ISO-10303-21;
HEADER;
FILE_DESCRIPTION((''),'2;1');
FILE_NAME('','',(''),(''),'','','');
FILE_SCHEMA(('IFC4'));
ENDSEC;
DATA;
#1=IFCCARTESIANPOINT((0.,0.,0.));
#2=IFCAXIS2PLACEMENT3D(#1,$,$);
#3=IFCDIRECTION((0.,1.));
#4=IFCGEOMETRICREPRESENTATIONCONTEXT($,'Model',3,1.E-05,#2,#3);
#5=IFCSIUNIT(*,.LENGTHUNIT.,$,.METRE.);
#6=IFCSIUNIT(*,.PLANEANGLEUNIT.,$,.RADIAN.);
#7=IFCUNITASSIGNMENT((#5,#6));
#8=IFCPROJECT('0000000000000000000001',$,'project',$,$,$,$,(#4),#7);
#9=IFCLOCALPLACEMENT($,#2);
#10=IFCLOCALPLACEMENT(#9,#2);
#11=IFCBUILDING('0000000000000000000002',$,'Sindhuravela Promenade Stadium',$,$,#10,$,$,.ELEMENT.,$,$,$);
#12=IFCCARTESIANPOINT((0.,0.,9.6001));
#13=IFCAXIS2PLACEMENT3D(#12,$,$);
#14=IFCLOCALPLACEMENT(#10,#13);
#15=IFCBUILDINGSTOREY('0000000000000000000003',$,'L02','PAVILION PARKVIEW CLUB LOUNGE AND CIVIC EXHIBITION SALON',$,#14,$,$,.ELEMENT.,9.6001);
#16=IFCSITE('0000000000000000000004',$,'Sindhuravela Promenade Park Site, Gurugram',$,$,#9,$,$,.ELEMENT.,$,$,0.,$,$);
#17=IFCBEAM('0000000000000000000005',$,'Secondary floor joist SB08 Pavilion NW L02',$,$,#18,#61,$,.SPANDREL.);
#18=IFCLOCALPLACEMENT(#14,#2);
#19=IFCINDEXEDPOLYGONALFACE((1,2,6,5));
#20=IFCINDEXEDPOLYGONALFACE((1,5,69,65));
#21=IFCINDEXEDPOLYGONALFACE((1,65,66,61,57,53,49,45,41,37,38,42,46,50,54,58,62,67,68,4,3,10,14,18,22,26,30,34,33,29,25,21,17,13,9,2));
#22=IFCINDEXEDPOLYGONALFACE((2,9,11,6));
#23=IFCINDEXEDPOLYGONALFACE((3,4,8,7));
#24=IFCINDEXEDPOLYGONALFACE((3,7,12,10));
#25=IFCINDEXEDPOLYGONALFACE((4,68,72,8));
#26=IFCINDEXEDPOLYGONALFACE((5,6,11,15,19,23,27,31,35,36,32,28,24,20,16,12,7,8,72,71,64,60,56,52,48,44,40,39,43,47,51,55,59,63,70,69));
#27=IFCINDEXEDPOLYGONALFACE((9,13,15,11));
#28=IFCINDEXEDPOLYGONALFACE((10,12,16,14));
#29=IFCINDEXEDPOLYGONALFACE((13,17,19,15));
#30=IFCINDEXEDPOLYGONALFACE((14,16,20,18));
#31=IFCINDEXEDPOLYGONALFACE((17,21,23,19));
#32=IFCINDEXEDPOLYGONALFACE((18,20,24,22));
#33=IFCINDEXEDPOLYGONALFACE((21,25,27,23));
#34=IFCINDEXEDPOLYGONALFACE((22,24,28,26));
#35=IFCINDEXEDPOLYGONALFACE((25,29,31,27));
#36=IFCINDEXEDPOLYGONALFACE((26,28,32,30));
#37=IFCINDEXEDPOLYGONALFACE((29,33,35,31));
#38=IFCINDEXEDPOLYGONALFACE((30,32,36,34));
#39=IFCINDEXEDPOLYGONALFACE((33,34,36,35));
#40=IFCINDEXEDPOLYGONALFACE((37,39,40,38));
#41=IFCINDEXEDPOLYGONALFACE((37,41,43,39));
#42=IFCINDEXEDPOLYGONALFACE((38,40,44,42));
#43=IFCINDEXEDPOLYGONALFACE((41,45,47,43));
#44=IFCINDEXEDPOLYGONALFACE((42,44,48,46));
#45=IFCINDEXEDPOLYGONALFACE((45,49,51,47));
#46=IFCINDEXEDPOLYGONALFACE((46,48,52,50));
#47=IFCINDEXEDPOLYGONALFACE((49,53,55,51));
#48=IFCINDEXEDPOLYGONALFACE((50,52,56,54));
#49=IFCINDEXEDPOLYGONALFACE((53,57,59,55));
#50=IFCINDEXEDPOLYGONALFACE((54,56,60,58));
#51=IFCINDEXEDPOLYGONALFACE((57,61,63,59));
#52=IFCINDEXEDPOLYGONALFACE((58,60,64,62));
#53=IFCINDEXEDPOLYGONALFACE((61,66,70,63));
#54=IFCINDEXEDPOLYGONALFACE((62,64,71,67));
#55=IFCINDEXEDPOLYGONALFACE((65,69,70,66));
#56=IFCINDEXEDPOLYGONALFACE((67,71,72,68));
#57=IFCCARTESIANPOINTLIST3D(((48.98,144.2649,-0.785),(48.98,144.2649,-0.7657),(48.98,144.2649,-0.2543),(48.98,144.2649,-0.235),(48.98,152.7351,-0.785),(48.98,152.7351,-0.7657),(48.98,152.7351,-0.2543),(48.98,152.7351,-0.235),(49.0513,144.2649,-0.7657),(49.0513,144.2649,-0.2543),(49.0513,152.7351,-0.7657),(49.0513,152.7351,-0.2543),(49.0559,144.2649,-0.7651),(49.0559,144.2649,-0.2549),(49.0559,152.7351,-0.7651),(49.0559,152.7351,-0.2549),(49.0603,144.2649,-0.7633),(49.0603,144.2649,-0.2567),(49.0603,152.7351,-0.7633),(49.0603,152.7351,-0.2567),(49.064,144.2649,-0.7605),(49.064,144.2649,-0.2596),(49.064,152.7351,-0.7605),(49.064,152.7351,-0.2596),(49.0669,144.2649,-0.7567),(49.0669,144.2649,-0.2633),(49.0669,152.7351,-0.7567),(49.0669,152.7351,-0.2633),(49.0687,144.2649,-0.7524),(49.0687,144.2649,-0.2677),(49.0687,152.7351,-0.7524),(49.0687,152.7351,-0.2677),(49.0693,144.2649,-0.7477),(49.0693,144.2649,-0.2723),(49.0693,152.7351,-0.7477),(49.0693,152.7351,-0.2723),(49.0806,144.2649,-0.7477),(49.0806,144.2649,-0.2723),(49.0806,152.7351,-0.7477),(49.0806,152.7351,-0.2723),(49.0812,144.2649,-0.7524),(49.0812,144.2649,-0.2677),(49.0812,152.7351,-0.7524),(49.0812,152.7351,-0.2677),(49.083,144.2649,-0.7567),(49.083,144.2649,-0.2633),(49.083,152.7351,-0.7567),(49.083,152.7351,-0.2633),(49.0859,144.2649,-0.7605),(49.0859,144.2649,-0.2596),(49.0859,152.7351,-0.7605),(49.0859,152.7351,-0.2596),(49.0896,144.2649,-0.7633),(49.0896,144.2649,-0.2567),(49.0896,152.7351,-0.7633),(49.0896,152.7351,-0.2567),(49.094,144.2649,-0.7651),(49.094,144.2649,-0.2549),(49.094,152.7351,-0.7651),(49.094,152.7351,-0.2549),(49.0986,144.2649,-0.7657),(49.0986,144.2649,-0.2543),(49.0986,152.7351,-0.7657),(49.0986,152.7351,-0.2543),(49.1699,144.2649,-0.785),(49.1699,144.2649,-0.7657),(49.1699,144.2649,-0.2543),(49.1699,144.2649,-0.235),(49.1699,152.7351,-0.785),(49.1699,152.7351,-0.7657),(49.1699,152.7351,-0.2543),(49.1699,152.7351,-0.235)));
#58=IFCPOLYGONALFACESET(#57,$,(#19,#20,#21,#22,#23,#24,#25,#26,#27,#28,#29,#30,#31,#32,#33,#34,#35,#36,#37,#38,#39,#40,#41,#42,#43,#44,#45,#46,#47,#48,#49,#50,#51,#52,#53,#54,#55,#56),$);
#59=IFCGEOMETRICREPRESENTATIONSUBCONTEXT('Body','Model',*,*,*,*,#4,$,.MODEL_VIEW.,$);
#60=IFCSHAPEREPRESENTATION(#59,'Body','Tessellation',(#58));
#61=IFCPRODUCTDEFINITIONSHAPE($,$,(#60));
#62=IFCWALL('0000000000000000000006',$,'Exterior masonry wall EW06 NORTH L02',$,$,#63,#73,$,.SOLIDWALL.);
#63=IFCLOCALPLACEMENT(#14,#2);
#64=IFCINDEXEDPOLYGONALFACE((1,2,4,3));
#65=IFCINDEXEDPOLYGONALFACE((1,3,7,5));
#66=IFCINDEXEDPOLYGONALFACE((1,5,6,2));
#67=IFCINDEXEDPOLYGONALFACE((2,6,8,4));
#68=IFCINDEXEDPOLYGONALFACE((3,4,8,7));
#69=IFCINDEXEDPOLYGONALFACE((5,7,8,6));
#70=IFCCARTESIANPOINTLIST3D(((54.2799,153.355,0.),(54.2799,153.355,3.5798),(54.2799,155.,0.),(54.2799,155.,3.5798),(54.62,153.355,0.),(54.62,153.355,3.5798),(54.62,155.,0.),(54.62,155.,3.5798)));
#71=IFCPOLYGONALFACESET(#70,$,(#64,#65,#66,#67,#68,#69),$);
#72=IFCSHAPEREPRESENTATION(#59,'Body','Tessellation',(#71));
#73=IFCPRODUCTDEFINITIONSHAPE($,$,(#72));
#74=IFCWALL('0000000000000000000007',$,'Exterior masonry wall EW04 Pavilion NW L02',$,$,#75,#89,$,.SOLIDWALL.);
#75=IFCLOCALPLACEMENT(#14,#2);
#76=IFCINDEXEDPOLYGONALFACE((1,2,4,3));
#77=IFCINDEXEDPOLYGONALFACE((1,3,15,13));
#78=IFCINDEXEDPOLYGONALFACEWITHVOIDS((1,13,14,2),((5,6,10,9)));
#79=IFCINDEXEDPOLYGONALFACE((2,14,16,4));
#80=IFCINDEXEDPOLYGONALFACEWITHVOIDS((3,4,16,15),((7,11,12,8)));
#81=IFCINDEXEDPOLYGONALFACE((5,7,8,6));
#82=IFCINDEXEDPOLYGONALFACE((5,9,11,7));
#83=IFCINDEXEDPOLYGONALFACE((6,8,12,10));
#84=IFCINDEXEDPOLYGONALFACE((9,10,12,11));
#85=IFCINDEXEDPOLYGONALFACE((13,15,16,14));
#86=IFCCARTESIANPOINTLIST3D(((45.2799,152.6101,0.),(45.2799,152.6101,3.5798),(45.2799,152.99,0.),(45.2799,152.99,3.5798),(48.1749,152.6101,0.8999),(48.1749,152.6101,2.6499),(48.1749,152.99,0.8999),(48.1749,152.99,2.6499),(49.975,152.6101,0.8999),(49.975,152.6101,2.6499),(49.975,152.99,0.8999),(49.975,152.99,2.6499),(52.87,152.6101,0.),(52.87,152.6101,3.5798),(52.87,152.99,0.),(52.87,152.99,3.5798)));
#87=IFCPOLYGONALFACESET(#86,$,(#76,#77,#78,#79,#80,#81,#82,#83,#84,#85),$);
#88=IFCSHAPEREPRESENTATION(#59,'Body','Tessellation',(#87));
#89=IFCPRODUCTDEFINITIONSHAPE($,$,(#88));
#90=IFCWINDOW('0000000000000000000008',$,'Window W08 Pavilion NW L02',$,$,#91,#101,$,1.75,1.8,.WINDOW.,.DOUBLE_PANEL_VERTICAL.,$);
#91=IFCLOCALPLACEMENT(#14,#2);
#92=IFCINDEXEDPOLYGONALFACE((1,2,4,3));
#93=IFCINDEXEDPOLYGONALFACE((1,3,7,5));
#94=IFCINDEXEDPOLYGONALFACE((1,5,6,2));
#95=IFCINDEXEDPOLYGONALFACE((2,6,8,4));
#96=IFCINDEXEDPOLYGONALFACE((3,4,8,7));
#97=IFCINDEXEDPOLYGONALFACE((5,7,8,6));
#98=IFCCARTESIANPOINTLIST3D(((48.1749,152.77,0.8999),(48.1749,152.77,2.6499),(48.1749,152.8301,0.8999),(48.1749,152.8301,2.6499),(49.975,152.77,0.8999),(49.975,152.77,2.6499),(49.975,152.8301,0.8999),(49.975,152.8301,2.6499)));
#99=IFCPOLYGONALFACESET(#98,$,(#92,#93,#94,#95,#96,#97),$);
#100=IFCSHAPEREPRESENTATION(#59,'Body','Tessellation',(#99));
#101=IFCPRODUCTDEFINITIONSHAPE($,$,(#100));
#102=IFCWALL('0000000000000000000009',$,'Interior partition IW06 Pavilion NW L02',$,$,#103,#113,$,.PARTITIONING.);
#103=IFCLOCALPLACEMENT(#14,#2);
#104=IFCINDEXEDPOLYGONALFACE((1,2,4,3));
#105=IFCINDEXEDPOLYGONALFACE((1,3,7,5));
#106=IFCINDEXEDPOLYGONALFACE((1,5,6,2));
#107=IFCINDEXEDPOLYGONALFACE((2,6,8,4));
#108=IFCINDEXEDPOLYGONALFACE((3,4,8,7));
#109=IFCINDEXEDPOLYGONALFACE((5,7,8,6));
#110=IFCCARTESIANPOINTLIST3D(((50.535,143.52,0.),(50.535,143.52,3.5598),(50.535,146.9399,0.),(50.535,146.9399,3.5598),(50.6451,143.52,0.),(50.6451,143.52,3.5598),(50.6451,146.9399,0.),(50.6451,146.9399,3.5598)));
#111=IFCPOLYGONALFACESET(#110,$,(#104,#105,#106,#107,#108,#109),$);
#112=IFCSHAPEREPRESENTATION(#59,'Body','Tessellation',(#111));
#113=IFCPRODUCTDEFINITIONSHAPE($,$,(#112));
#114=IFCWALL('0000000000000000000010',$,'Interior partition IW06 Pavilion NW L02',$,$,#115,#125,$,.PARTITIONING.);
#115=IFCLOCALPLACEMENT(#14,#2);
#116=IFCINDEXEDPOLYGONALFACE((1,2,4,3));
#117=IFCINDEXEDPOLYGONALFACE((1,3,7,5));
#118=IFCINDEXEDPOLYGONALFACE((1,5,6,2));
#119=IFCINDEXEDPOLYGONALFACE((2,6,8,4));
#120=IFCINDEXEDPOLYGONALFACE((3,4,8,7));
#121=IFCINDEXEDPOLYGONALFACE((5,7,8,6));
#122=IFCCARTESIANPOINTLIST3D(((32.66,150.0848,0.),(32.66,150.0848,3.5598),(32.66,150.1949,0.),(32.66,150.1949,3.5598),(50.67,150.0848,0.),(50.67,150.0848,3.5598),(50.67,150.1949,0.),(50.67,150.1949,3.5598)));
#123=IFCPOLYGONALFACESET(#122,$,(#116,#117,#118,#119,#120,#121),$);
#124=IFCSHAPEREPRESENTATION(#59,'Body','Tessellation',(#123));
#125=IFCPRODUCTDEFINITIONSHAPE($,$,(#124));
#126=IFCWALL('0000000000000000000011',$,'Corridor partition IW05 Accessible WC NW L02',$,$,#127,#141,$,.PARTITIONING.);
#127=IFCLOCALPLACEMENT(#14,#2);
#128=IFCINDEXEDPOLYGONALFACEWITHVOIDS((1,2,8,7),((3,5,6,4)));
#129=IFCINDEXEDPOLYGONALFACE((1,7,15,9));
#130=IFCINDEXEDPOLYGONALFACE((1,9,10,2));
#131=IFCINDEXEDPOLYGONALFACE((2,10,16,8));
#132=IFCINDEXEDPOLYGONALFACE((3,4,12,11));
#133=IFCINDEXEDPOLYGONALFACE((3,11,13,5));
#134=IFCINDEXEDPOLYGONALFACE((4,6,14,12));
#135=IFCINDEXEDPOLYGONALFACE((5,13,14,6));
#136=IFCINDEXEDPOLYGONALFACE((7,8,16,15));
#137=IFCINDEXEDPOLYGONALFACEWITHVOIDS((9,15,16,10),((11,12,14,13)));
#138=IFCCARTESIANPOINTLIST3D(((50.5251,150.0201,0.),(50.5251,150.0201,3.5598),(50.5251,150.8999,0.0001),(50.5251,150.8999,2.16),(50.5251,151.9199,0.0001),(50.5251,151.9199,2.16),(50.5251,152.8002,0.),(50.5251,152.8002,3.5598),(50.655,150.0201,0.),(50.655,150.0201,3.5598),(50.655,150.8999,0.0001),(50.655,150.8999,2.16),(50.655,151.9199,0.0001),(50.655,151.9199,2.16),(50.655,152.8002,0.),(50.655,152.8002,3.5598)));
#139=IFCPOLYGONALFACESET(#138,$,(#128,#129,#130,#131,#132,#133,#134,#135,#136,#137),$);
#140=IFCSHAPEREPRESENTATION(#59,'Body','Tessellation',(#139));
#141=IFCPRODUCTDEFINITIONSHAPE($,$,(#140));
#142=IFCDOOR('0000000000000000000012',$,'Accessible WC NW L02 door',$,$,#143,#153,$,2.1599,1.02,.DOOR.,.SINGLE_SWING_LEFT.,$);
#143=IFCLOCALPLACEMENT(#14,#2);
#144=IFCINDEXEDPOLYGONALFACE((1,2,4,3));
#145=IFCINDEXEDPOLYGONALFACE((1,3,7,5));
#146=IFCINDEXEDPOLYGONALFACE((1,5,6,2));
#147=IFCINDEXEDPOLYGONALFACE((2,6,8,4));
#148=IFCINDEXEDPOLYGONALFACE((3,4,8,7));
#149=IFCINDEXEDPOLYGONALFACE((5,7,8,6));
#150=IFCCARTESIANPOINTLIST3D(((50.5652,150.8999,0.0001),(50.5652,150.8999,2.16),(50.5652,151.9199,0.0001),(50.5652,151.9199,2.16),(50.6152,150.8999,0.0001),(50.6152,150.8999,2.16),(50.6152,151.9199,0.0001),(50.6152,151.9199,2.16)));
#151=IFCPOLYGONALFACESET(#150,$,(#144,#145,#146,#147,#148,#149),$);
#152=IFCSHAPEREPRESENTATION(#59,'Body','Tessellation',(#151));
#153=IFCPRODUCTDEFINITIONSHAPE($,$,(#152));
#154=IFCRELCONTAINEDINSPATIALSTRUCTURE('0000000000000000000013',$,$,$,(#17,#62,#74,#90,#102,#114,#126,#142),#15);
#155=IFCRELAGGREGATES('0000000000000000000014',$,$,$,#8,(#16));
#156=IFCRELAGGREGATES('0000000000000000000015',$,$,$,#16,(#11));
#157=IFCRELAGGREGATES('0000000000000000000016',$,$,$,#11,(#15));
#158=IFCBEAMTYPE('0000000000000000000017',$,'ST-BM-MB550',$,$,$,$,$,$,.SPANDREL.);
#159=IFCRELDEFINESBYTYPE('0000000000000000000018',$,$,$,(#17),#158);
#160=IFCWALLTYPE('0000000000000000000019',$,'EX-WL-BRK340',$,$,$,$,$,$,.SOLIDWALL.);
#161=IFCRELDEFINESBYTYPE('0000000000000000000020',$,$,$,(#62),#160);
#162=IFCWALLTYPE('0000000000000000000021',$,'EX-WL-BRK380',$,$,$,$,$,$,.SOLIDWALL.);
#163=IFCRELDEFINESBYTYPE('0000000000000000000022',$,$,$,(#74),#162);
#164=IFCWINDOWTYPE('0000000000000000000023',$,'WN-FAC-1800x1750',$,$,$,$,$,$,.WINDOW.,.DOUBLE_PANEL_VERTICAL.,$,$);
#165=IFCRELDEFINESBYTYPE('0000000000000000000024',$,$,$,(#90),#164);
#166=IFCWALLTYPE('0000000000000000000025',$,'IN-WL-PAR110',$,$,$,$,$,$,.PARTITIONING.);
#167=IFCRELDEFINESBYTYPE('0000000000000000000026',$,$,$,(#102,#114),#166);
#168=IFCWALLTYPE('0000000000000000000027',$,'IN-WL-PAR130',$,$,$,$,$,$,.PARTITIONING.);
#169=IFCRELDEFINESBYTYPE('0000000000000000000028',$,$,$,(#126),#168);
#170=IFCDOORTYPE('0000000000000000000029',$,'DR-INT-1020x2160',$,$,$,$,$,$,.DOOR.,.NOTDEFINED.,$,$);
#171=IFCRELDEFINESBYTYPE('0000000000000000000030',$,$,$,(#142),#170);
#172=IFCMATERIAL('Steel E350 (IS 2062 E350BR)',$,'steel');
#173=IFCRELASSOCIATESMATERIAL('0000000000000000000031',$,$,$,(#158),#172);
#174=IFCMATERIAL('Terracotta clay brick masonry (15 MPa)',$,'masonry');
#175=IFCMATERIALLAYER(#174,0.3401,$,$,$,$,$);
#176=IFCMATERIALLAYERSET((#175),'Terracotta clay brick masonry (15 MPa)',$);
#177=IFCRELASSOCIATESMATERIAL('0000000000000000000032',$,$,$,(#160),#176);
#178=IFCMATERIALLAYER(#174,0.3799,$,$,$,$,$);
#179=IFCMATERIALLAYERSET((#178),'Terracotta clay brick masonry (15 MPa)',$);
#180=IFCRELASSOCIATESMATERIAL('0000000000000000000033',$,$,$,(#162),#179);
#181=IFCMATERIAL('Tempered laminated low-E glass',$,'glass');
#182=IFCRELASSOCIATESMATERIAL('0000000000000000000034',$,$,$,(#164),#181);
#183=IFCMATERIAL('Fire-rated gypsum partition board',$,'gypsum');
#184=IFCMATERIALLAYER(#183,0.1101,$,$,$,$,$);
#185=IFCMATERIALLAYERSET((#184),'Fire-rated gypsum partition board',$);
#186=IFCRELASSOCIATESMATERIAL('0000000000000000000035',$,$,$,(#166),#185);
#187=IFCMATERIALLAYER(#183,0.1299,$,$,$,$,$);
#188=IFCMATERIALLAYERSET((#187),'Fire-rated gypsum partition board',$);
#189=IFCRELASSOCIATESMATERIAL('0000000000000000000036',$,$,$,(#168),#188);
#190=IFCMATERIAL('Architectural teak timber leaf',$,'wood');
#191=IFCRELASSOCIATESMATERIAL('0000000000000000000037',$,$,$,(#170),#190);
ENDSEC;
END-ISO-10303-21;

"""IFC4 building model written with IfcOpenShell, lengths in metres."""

from ifc_helpers import new_model, si_unit, direction, frame, frame_2d, origin, origin_2d, place, context, subcontext, project, spatial, rectangle, i_section, extrude, material, layer, layer_set, material_profile, profile_set, type_object, element, fill, save


model = new_model("IFC4")

# Units and contexts
model_context = context("Model", 3, precision=1e-05, world=origin(), true_north=direction((0.0, 1.0)))
body_context = subcontext(model_context, "Body", "Model", "MODEL_VIEW")
ifc_project = project(units=[si_unit("LENGTHUNIT", "METRE"), si_unit("PLANEANGLEUNIT", "RADIAN")], contexts=[model_context])

# Site, building, storey
site_placement = place(None, origin())
site = spatial("IfcSite", under=ifc_project, at=site_placement, Name="Sindhuravela Promenade Park Site, Gurugram", CompositionType="ELEMENT", RefElevation=0.0)
building_placement = place(site_placement, origin())
building = spatial("IfcBuilding", under=site, at=building_placement, Name="Sindhuravela Promenade Stadium", CompositionType="ELEMENT")
storey_placement = place(building_placement, frame((0.0, 0.0, 9.6001)))
storey = spatial("IfcBuildingStorey", under=building, at=storey_placement, Name="L02", Description="PAVILION PARKVIEW CLUB LOUNGE AND CIVIC EXHIBITION SALON", CompositionType="ELEMENT", Elevation=9.6001)

# Beam
ifc_material_1 = material(Name="Steel E350 (IS 2062 E350BR)", Category="steel")
ifc_material_profile_1 = material_profile(ifc_material_1, i_section(OverallWidth=0.1899, OverallDepth=0.55, WebThickness=0.0112, FlangeThickness=0.0193, FilletRadius=0.0181, at=origin_2d()), Name="ISMB 550")
ifc_profile_set_1 = profile_set([ifc_material_profile_1], Name="Steel E350 (IS 2062 E350BR)")
beam_type_1 = type_object("IfcBeamType", Name="ST-BM-MB550", PredefinedType="SPANDREL", material=ifc_profile_set_1)
beam_1_placement = place(storey_placement, frame((49.075, 144.2649, -0.51), z_axis=(0.0, 1.0, 0.0), x_axis=(-1.0, 0.0, 0.0)))
element("IfcBeam", 1, at=beam_1_placement, inside=storey, type_object=beam_type_1, Name="Secondary floor joist SB08 Pavilion NW L02", PredefinedType="SPANDREL", context=body_context, shape_type="SweptSolid", body=[
    extrude(i_section(OverallWidth=0.1899, OverallDepth=0.55, WebThickness=0.0112, FlangeThickness=0.0193, FilletRadius=0.0181, at=origin_2d()), origin(), (0.0, 0.0, 1.0), 8.4702),
])

# Wall
ifc_material_2 = material(Name="Terracotta clay brick masonry (15 MPa)", Category="masonry")
ifc_layer_1 = layer(ifc_material_2, 0.3401)
ifc_layer_set_1 = layer_set([ifc_layer_1], Name="Terracotta clay brick masonry (15 MPa)")
wall_type_1 = type_object("IfcWallType", Name="EX-WL-BRK340", PredefinedType="SOLIDWALL", material=ifc_layer_set_1)
wall_1_placement = place(storey_placement, frame((54.45, 153.355, 0.0), z_axis=(0.0, 0.0, 1.0), x_axis=(0.0, 1.0, 0.0)))
element("IfcWall", 2, at=wall_1_placement, inside=storey, type_object=wall_type_1, Name="Exterior masonry wall EW06 NORTH L02", PredefinedType="SOLIDWALL", context=body_context, shape_type="SweptSolid", body=[
    extrude(rectangle(XDim=1.645, YDim=0.3401, at=frame_2d((0.8225, 0.0))), origin(), (0.0, 0.0, 1.0), 3.5798),
])

# Wall, opening, window
ifc_layer_2 = layer(ifc_material_2, 0.3799)
ifc_layer_set_2 = layer_set([ifc_layer_2], Name="Terracotta clay brick masonry (15 MPa)")
wall_type_2 = type_object("IfcWallType", Name="EX-WL-BRK380", PredefinedType="SOLIDWALL", material=ifc_layer_set_2)
wall_2_placement = place(storey_placement, frame((45.28, 152.8, 0.0), z_axis=(0.0, 0.0, 1.0), x_axis=(1.0, 0.0, 0.0)))
wall_2 = element("IfcWall", 3, at=wall_2_placement, inside=storey, type_object=wall_type_2, Name="Exterior masonry wall EW04 Pavilion NW L02", PredefinedType="SOLIDWALL", context=body_context, shape_type="SweptSolid", body=[
    extrude(rectangle(XDim=7.5901, YDim=0.3799, at=frame_2d((3.7949, 0.0))), origin(), (0.0, 0.0, 1.0), 3.5798),
])
opening_1_placement = place(wall_2_placement, frame((2.895, 0.0, 0.8999)))
opening_1 = element("IfcOpeningElement", 4, at=opening_1_placement, cuts=wall_2, PredefinedType="OPENING", context=body_context, shape_type="SweptSolid", body=[
    extrude(rectangle(XDim=1.8, YDim=1.75, at=frame_2d((0.8999, 0.875))), frame((0.0, 0.2, 0.0), z_axis=(0.0, -1.0, 0.0), x_axis=(1.0, 0.0, 0.0)), (0.0, 0.0, 1.0), 0.3999),
])
ifc_material_3 = material(Name="Tempered laminated low-E glass", Category="glass")
window_type = type_object("IfcWindowType", Name="WN-FAC-1800x1750", PartitioningType="DOUBLE_PANEL_VERTICAL", PredefinedType="WINDOW", material=ifc_material_3)
window_placement = place(opening_1_placement, origin())
window = element("IfcWindow", 5, at=window_placement, inside=storey, type_object=window_type, Name="Window W08 Pavilion NW L02", OverallHeight=1.75, OverallWidth=1.8, PartitioningType="DOUBLE_PANEL_VERTICAL", PredefinedType="WINDOW", context=body_context, shape_type="SweptSolid", body=[
    extrude(rectangle(XDim=1.8, YDim=1.75, at=frame_2d((0.8999, 0.875))), frame((0.0, 0.03, 0.0), z_axis=(0.0, -1.0, 0.0), x_axis=(1.0, 0.0, 0.0)), (0.0, 0.0, 1.0), 0.0601),
])
fill(opening_1, window)

# Walls
ifc_material_4 = material(Name="Fire-rated gypsum partition board", Category="gypsum")
ifc_layer_3 = layer(ifc_material_4, 0.1101)
ifc_layer_set_3 = layer_set([ifc_layer_3], Name="Fire-rated gypsum partition board")
wall_type_3 = type_object("IfcWallType", Name="IN-WL-PAR110", PredefinedType="PARTITIONING", material=ifc_layer_set_3)
wall_3_placement = place(storey_placement, frame((50.5901, 146.9399, 0.0), z_axis=(0.0, 0.0, 1.0), x_axis=(0.0, -1.0, 0.0)))
element("IfcWall", 6, at=wall_3_placement, inside=storey, type_object=wall_type_3, Name="Interior partition IW06 Pavilion NW L02", PredefinedType="PARTITIONING", context=body_context, shape_type="SweptSolid", body=[
    extrude(rectangle(XDim=3.4199, YDim=0.1101, at=frame_2d((1.71, 0.0))), origin(), (0.0, 0.0, 1.0), 3.5598),
])
wall_4_placement = place(storey_placement, frame((50.6699, 150.1399, 0.0), z_axis=(0.0, 0.0, 1.0), x_axis=(-1.0, 0.0, 0.0)))
element("IfcWall", 7, at=wall_4_placement, inside=storey, type_object=wall_type_3, Name="Interior partition IW06 Pavilion NW L02", PredefinedType="PARTITIONING", context=body_context, shape_type="SweptSolid", body=[
    extrude(rectangle(XDim=18.01, YDim=0.1101, at=frame_2d((9.0049, 0.0))), origin(), (0.0, 0.0, 1.0), 3.5598),
])

# Wall, opening, door
ifc_layer_4 = layer(ifc_material_4, 0.1299)
ifc_layer_set_4 = layer_set([ifc_layer_4], Name="Fire-rated gypsum partition board")
wall_type_4 = type_object("IfcWallType", Name="IN-WL-PAR130", PredefinedType="PARTITIONING", material=ifc_layer_set_4)
wall_5_placement = place(storey_placement, frame((50.5901, 150.02, 0.0), z_axis=(0.0, 0.0, 1.0), x_axis=(0.0, 1.0, 0.0)))
wall_5 = element("IfcWall", 8, at=wall_5_placement, inside=storey, type_object=wall_type_4, Name="Corridor partition IW05 Accessible WC NW L02", PredefinedType="PARTITIONING", context=body_context, shape_type="SweptSolid", body=[
    extrude(rectangle(XDim=2.78, YDim=0.1299, at=frame_2d((1.3901, 0.0))), origin(), (0.0, 0.0, 1.0), 3.5598),
])
opening_2_placement = place(wall_5_placement, frame((0.8799, 0.0, 0.0)))
opening_2 = element("IfcOpeningElement", 9, at=opening_2_placement, cuts=wall_5, PredefinedType="OPENING", context=body_context, shape_type="SweptSolid", body=[
    extrude(rectangle(XDim=1.02, YDim=2.1599, at=frame_2d((0.51, 1.0801))), frame((0.0, 0.075, 0.0), z_axis=(0.0, -1.0, 0.0), x_axis=(1.0, 0.0, 0.0)), (0.0, 0.0, 1.0), 0.1499),
])
ifc_material_5 = material(Name="Architectural teak timber leaf", Category="wood")
door_type_1 = type_object("IfcDoorType", Name="DR-INT-1020x2160", OperationType="NOTDEFINED", PredefinedType="DOOR", material=ifc_material_5)
door_1_placement = place(opening_2_placement, origin())
door_1 = element("IfcDoor", 10, at=door_1_placement, inside=storey, type_object=door_type_1, Name="Accessible WC NW L02 door", OperationType="SINGLE_SWING_LEFT", OverallHeight=2.1599, OverallWidth=1.02, PredefinedType="DOOR", context=body_context, shape_type="SweptSolid", body=[
    extrude(rectangle(XDim=1.02, YDim=2.1599, at=frame_2d((0.51, 1.0801))), frame((0.0, 0.0249, 0.0), z_axis=(0.0, -1.0, 0.0), x_axis=(1.0, 0.0, 0.0)), (0.0, 0.0, 1.0), 0.05),
])
fill(opening_2, door_1)

save(model, "model.ifc")
